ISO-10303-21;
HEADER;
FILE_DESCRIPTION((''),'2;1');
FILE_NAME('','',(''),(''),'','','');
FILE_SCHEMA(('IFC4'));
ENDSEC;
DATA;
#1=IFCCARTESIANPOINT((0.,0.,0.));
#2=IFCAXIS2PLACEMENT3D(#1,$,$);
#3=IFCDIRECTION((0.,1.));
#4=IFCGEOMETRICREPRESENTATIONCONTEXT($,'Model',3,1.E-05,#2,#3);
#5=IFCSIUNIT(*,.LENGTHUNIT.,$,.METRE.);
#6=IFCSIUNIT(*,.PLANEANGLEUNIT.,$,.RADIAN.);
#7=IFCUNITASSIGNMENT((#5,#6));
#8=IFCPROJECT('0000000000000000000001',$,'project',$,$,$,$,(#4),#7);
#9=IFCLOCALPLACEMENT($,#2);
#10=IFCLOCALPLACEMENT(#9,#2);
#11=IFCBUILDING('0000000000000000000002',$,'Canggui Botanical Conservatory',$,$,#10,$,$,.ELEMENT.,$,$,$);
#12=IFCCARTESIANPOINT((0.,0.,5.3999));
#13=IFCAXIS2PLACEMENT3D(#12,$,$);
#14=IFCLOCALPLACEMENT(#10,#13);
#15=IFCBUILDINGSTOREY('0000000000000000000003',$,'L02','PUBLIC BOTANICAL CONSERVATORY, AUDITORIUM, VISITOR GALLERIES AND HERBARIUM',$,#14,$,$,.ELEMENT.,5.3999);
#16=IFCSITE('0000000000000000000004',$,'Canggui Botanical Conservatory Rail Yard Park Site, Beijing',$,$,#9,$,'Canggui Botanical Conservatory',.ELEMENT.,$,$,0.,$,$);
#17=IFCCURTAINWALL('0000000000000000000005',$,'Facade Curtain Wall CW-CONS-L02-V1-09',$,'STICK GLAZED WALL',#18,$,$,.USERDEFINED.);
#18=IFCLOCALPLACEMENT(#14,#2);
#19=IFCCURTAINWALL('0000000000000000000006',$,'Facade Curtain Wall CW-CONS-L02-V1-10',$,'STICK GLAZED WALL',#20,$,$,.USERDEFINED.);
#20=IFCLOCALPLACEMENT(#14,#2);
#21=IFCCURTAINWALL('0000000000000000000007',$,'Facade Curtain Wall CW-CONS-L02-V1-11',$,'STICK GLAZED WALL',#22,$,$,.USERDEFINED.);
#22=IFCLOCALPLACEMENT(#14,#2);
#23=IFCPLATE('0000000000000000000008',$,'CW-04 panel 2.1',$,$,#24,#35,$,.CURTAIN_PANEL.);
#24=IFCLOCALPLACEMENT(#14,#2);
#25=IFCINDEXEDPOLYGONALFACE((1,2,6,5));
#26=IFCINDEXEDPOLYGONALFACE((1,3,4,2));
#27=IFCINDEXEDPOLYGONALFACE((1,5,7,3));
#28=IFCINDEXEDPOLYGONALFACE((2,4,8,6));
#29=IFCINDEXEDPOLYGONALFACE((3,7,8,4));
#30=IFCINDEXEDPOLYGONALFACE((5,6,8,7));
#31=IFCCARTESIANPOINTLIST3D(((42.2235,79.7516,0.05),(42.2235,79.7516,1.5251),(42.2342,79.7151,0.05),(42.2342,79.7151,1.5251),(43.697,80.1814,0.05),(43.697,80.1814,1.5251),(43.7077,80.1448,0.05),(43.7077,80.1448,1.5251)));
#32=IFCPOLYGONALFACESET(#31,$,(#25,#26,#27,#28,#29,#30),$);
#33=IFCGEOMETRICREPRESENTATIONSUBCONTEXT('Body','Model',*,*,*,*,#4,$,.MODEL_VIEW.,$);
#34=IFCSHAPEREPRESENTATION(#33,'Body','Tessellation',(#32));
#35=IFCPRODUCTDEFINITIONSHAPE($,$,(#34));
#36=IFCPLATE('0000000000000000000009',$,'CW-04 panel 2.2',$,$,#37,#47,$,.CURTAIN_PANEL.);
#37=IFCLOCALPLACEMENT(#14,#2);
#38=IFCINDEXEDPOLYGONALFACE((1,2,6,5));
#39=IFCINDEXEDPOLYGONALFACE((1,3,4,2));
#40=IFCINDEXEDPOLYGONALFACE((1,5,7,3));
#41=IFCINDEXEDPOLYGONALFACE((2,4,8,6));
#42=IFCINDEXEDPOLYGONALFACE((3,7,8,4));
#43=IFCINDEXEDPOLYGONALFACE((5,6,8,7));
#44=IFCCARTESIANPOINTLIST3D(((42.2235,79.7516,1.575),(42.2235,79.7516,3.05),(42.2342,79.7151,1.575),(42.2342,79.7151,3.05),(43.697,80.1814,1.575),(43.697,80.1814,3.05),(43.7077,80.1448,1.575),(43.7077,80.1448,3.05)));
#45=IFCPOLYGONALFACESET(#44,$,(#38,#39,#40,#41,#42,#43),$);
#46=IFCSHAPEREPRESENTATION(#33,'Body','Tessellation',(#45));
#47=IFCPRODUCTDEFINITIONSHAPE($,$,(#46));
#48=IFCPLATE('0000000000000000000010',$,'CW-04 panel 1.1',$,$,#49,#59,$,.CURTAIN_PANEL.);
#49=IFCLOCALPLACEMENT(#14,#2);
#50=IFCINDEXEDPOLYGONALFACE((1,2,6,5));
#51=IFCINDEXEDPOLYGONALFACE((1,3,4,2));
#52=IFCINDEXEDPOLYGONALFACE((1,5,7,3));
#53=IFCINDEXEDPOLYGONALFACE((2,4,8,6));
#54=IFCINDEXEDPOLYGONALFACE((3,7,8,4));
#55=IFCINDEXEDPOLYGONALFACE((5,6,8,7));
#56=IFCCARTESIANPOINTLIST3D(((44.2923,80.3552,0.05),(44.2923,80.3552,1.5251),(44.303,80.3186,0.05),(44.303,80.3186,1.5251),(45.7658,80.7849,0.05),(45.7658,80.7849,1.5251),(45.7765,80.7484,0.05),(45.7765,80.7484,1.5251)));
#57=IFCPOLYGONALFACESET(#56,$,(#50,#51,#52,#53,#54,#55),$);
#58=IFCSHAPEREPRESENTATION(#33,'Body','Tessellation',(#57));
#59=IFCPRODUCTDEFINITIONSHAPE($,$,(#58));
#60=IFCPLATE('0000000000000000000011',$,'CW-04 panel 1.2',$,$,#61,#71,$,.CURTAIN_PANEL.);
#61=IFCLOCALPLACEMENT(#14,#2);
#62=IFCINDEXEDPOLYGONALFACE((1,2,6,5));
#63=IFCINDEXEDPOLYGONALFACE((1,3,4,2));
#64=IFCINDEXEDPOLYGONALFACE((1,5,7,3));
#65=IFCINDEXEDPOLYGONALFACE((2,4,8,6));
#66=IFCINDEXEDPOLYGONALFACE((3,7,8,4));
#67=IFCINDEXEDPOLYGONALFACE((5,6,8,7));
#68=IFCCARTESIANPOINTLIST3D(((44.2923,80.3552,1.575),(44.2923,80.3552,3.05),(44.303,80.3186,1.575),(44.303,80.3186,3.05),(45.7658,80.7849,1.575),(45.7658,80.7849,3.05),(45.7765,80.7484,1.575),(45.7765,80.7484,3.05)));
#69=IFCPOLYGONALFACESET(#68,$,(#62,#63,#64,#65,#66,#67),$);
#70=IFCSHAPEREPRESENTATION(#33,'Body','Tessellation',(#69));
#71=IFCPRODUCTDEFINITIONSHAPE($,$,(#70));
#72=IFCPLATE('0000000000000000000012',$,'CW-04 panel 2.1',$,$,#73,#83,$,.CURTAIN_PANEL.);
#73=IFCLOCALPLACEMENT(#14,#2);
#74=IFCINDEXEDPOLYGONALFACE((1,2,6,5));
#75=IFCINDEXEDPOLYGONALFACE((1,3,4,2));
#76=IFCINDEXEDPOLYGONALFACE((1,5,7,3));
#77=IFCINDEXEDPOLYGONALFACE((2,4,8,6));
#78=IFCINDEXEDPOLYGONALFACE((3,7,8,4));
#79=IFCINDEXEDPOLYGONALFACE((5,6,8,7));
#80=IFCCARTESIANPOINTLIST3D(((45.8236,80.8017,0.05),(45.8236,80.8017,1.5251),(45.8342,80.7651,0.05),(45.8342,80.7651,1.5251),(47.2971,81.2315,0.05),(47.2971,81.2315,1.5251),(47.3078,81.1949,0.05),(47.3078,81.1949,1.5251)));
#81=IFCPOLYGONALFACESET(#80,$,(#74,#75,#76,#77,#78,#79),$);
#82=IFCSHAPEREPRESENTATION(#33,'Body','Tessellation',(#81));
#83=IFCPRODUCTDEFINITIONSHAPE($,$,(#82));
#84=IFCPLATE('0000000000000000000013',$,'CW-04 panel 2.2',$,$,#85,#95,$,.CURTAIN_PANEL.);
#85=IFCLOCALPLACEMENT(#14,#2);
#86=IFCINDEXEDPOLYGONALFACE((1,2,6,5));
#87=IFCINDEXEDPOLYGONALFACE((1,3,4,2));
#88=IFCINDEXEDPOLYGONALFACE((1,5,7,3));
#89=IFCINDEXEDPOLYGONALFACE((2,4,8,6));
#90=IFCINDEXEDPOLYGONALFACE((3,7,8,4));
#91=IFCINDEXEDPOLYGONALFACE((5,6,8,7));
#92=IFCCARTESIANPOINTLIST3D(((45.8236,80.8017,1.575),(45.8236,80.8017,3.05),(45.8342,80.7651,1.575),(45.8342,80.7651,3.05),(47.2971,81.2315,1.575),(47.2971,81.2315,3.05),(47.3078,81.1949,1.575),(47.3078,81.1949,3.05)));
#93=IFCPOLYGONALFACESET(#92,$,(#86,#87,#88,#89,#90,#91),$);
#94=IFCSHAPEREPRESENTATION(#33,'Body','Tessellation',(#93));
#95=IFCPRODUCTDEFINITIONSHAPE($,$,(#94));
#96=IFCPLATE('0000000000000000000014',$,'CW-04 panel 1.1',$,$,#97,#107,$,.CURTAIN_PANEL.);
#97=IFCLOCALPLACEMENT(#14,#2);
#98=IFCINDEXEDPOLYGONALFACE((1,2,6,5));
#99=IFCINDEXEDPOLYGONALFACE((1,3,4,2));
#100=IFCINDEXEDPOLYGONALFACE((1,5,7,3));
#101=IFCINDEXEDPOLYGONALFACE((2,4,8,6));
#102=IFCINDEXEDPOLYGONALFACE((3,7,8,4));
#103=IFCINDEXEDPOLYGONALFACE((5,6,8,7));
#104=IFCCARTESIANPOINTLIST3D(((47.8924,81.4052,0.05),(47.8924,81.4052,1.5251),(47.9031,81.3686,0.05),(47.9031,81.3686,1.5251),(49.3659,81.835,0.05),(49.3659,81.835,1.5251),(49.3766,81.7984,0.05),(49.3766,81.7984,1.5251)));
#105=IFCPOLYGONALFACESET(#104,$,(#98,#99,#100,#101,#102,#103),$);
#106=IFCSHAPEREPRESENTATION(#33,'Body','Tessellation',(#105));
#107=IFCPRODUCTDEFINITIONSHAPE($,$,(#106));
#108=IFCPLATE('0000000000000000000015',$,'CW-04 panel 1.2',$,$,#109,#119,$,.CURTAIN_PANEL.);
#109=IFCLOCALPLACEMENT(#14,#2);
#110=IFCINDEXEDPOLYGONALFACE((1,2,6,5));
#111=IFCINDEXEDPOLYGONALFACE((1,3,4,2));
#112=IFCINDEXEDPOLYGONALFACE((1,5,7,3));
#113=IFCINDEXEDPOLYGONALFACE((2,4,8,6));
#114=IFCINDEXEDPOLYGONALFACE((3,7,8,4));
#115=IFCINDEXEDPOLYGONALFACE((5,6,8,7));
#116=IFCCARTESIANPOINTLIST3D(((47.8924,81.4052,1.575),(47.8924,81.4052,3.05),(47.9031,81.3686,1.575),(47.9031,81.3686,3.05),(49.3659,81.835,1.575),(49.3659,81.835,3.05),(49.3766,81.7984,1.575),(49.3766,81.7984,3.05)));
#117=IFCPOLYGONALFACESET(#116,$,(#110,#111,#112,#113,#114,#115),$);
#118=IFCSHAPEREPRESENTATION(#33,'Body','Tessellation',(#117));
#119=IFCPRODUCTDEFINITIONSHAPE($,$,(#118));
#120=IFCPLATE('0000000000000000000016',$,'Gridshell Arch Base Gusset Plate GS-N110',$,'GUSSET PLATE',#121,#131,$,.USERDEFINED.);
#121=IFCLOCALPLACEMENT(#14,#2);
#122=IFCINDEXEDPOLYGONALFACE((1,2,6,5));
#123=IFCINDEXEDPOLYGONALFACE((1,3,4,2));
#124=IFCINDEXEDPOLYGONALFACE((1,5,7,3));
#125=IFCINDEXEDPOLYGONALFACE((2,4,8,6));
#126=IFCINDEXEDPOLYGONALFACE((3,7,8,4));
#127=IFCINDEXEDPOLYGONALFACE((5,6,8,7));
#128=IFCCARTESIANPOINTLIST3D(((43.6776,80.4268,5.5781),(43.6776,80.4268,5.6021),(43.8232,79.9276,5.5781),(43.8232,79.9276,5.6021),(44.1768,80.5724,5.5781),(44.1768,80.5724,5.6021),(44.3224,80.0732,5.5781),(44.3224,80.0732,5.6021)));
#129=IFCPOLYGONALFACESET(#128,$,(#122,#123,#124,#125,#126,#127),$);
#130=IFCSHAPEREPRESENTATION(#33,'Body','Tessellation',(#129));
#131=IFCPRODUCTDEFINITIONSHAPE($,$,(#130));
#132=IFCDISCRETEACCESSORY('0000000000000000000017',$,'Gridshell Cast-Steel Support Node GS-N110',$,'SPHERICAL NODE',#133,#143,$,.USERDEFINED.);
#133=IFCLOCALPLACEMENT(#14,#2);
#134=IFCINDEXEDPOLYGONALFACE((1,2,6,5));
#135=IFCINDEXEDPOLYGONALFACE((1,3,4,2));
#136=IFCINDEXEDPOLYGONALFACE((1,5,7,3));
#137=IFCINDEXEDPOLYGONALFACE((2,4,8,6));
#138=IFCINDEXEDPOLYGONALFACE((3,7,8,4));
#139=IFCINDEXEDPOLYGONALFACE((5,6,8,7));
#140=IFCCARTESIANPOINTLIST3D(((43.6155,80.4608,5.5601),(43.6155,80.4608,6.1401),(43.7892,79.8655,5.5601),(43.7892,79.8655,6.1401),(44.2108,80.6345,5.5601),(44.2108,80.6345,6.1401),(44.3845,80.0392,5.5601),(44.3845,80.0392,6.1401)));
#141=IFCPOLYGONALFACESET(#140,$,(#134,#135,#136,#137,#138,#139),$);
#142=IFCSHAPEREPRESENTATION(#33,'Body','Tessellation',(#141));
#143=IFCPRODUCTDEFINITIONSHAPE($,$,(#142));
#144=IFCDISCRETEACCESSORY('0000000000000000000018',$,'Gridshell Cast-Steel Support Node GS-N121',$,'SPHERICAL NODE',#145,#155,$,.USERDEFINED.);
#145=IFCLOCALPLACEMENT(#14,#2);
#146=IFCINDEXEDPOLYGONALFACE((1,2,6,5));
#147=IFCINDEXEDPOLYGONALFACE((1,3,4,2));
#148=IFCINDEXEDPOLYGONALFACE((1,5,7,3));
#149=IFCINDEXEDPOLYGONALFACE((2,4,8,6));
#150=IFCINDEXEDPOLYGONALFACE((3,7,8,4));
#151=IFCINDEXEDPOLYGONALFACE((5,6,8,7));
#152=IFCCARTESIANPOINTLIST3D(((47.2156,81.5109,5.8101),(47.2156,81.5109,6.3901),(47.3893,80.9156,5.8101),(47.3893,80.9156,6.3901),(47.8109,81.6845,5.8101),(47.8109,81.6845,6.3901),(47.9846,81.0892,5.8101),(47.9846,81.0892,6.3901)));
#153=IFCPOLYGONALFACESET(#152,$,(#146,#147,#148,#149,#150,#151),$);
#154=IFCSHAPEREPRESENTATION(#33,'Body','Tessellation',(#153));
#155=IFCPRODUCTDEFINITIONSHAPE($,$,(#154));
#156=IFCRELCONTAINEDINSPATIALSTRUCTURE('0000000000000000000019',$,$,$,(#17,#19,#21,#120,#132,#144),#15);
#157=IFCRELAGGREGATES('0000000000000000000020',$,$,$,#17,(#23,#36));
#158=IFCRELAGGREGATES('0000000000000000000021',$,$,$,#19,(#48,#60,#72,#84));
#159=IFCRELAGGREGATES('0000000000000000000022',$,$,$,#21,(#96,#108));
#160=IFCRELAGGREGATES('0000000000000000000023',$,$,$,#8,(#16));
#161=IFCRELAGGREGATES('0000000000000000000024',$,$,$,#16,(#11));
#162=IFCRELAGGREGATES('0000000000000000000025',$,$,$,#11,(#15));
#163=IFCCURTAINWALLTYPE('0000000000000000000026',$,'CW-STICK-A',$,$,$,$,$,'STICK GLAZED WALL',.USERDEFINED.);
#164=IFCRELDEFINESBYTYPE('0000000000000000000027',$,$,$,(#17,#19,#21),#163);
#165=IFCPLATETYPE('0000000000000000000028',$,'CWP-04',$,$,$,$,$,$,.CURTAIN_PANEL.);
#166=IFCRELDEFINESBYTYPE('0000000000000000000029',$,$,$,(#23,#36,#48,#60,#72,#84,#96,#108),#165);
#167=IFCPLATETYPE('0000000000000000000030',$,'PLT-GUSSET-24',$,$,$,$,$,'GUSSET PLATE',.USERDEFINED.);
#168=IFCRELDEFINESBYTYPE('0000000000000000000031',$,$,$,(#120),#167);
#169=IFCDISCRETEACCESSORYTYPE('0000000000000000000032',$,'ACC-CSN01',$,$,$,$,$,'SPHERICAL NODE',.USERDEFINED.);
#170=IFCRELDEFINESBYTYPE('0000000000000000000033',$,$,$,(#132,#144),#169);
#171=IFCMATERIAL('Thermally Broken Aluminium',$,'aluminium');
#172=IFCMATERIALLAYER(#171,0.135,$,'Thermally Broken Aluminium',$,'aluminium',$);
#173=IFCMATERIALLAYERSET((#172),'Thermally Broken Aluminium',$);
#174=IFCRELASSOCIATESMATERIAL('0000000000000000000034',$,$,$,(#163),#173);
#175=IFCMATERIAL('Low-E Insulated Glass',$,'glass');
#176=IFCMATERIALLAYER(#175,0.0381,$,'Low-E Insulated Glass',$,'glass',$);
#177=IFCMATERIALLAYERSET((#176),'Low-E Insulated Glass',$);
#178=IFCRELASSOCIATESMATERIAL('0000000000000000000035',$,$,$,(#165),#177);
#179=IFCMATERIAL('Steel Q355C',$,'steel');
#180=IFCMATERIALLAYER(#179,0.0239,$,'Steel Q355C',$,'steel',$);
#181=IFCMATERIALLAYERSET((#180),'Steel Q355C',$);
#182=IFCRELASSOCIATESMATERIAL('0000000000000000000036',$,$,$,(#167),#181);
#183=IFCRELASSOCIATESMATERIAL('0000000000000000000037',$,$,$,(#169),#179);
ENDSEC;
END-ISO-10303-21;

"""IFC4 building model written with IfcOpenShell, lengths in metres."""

from ifc_helpers import new_model, si_unit, direction, frame, origin, origin_2d, place, context, subcontext, project, spatial, rectangle, extrude, material, layer, layer_set, type_object, element, aggregate, save


model = new_model("IFC4")

# Units and contexts
model_context = context("Model", 3, precision=1e-05, world=origin(), true_north=direction((0.0, 1.0)))
body_context = subcontext(model_context, "Body", "Model", "MODEL_VIEW")
ifc_project = project(units=[si_unit("LENGTHUNIT", "METRE"), si_unit("PLANEANGLEUNIT", "RADIAN")], contexts=[model_context])

# Site, building, storey
site_placement = place(None, origin())
site = spatial("IfcSite", under=ifc_project, at=site_placement, Name="Canggui Botanical Conservatory Rail Yard Park Site, Beijing", LongName="Canggui Botanical Conservatory", CompositionType="ELEMENT", RefElevation=0.0)
building_placement = place(site_placement, origin())
building = spatial("IfcBuilding", under=site, at=building_placement, Name="Canggui Botanical Conservatory", CompositionType="ELEMENT")
storey_placement = place(building_placement, frame((0.0, 0.0, 5.3999)))
storey = spatial("IfcBuildingStorey", under=building, at=storey_placement, Name="L02", Description="PUBLIC BOTANICAL CONSERVATORY, AUDITORIUM, VISITOR GALLERIES AND HERBARIUM", CompositionType="ELEMENT", Elevation=5.3999)

# Shared definitions
ifc_material_1 = material(Name="Steel Q355C", Category="steel")

# Curtain walls
ifc_material_2 = material(Name="Thermally Broken Aluminium", Category="aluminium")
ifc_layer_1 = layer(ifc_material_2, 0.135, Name="Thermally Broken Aluminium", Category="aluminium")
ifc_layer_set_1 = layer_set([ifc_layer_1], Name="Thermally Broken Aluminium")
curtain_wall_type = type_object("IfcCurtainWallType", Name="CW-STICK-A", ElementType="STICK GLAZED WALL", PredefinedType="USERDEFINED", material=ifc_layer_set_1)
curtain_wall_1_placement = place(storey_placement, origin())
curtain_wall_1 = element("IfcCurtainWall", 1, at=curtain_wall_1_placement, inside=storey, type_object=curtain_wall_type, Name="Facade Curtain Wall CW-CONS-L02-V1-09", ObjectType="STICK GLAZED WALL", PredefinedType="USERDEFINED")
curtain_wall_2_placement = place(storey_placement, origin())
curtain_wall_2 = element("IfcCurtainWall", 2, at=curtain_wall_2_placement, inside=storey, type_object=curtain_wall_type, Name="Facade Curtain Wall CW-CONS-L02-V1-10", ObjectType="STICK GLAZED WALL", PredefinedType="USERDEFINED")

# Curtain wall
curtain_wall_3_placement = place(storey_placement, origin())
curtain_wall_3 = element("IfcCurtainWall", 3, at=curtain_wall_3_placement, inside=storey, type_object=curtain_wall_type, Name="Facade Curtain Wall CW-CONS-L02-V1-11", ObjectType="STICK GLAZED WALL", PredefinedType="USERDEFINED")

# Plates
ifc_material_3 = material(Name="Low-E Insulated Glass", Category="glass")
ifc_layer_2 = layer(ifc_material_3, 0.0381, Name="Low-E Insulated Glass", Category="glass")
ifc_layer_set_2 = layer_set([ifc_layer_2], Name="Low-E Insulated Glass")
plate_type_1 = type_object("IfcPlateType", Name="CWP-04", PredefinedType="CURTAIN_PANEL", material=ifc_layer_set_2)
plate_1_placement = place(storey_placement, frame((42.9656, 79.9482, 0.05), z_axis=(0.0, 0.0, 1.0), x_axis=(0.96, 0.28, 0.0)))
plate_1 = element("IfcPlate", 4, at=plate_1_placement, type_object=plate_type_1, Name="CW-04 panel 2.1", PredefinedType="CURTAIN_PANEL", context=body_context, shape_type="SweptSolid", body=[
    extrude(rectangle(XDim=1.5349, YDim=0.0381, at=origin_2d()), origin(), (0.0, 0.0, 1.0), 1.4751),
])
plate_2_placement = place(storey_placement, frame((42.9656, 79.9482, 1.575), z_axis=(0.0, 0.0, 1.0), x_axis=(0.96, 0.28, 0.0)))
plate_2 = element("IfcPlate", 5, at=plate_2_placement, type_object=plate_type_1, Name="CW-04 panel 2.2", PredefinedType="CURTAIN_PANEL", context=body_context, shape_type="SweptSolid", body=[
    extrude(rectangle(XDim=1.5349, YDim=0.0381, at=origin_2d()), origin(), (0.0, 0.0, 1.0), 1.4751),
])
aggregate(curtain_wall_1, [plate_1, plate_2])
plate_3_placement = place(storey_placement, frame((45.0344, 80.5518, 0.05), z_axis=(0.0, 0.0, 1.0), x_axis=(0.96, 0.28, 0.0)))
plate_3 = element("IfcPlate", 6, at=plate_3_placement, type_object=plate_type_1, Name="CW-04 panel 1.1", PredefinedType="CURTAIN_PANEL", context=body_context, shape_type="SweptSolid", body=[
    extrude(rectangle(XDim=1.5349, YDim=0.0381, at=origin_2d()), origin(), (0.0, 0.0, 1.0), 1.4751),
])
plate_4_placement = place(storey_placement, frame((45.0344, 80.5518, 1.575), z_axis=(0.0, 0.0, 1.0), x_axis=(0.96, 0.28, 0.0)))
plate_4 = element("IfcPlate", 7, at=plate_4_placement, type_object=plate_type_1, Name="CW-04 panel 1.2", PredefinedType="CURTAIN_PANEL", context=body_context, shape_type="SweptSolid", body=[
    extrude(rectangle(XDim=1.5349, YDim=0.0381, at=origin_2d()), origin(), (0.0, 0.0, 1.0), 1.4751),
])
plate_5_placement = place(storey_placement, frame((46.5657, 80.9983, 0.05), z_axis=(0.0, 0.0, 1.0), x_axis=(0.96, 0.28, 0.0)))
plate_5 = element("IfcPlate", 8, at=plate_5_placement, type_object=plate_type_1, Name="CW-04 panel 2.1", PredefinedType="CURTAIN_PANEL", context=body_context, shape_type="SweptSolid", body=[
    extrude(rectangle(XDim=1.5349, YDim=0.0381, at=origin_2d()), origin(), (0.0, 0.0, 1.0), 1.4751),
])
plate_6_placement = place(storey_placement, frame((46.5657, 80.9983, 1.575), z_axis=(0.0, 0.0, 1.0), x_axis=(0.96, 0.28, 0.0)))
plate_6 = element("IfcPlate", 9, at=plate_6_placement, type_object=plate_type_1, Name="CW-04 panel 2.2", PredefinedType="CURTAIN_PANEL", context=body_context, shape_type="SweptSolid", body=[
    extrude(rectangle(XDim=1.5349, YDim=0.0381, at=origin_2d()), origin(), (0.0, 0.0, 1.0), 1.4751),
])
aggregate(curtain_wall_2, [plate_3, plate_4, plate_5, plate_6])
plate_7_placement = place(storey_placement, frame((48.6345, 81.6018, 0.05), z_axis=(0.0, 0.0, 1.0), x_axis=(0.96, 0.28, 0.0)))
plate_7 = element("IfcPlate", 10, at=plate_7_placement, type_object=plate_type_1, Name="CW-04 panel 1.1", PredefinedType="CURTAIN_PANEL", context=body_context, shape_type="SweptSolid", body=[
    extrude(rectangle(XDim=1.5349, YDim=0.0381, at=origin_2d()), origin(), (0.0, 0.0, 1.0), 1.4751),
])
plate_8_placement = place(storey_placement, frame((48.6345, 81.6018, 1.575), z_axis=(0.0, 0.0, 1.0), x_axis=(0.96, 0.28, 0.0)))
plate_8 = element("IfcPlate", 11, at=plate_8_placement, type_object=plate_type_1, Name="CW-04 panel 1.2", PredefinedType="CURTAIN_PANEL", context=body_context, shape_type="SweptSolid", body=[
    extrude(rectangle(XDim=1.5349, YDim=0.0381, at=origin_2d()), origin(), (0.0, 0.0, 1.0), 1.4751),
])
aggregate(curtain_wall_3, [plate_7, plate_8])
ifc_layer_3 = layer(ifc_material_1, 0.0239, Name="Steel Q355C", Category="steel")
ifc_layer_set_3 = layer_set([ifc_layer_3], Name="Steel Q355C")
plate_type_2 = type_object("IfcPlateType", Name="PLT-GUSSET-24", ElementType="GUSSET PLATE", PredefinedType="USERDEFINED", material=ifc_layer_set_3)
plate_9_placement = place(storey_placement, frame((44.0, 80.25, 5.5781), z_axis=(0.0, 0.0, 1.0), x_axis=(0.96, 0.28, 0.0)))
element("IfcPlate", 12, at=plate_9_placement, inside=storey, type_object=plate_type_2, Name="Gridshell Arch Base Gusset Plate GS-N110", ObjectType="GUSSET PLATE", PredefinedType="USERDEFINED", context=body_context, shape_type="SweptSolid", body=[
    extrude(rectangle(XDim=0.52, YDim=0.52, at=origin_2d()), origin(), (0.0, 0.0, 1.0), 0.0239),
])

# Discrete accessories
discrete_accessory_type = type_object("IfcDiscreteAccessoryType", Name="ACC-CSN01", ElementType="SPHERICAL NODE", PredefinedType="USERDEFINED", material=ifc_material_1)
for number, where, z_axis, x_axis, name in (
    (13, (44.0, 80.25, 5.5601), (0.0, 0.0, 1.0), (0.96, 0.28, 0.0), "Gridshell Cast-Steel Support Node GS-N110"),
    (14, (47.6001, 81.3, 5.8101), (0.0, 0.0, 1.0), (0.96, 0.28, 0.0), "Gridshell Cast-Steel Support Node GS-N121"),
):
    element("IfcDiscreteAccessory", number, at=place(storey_placement, frame(where, z_axis=z_axis, x_axis=x_axis)), inside=storey, type_object=discrete_accessory_type, Name=name, ObjectType="SPHERICAL NODE", PredefinedType="USERDEFINED", context=body_context, shape_type="SweptSolid", body=[
        extrude(rectangle(XDim=0.6201, YDim=0.6201, at=origin_2d()), origin(), (0.0, 0.0, 1.0), 0.5801),
    ])

save(model, "model.ifc")
